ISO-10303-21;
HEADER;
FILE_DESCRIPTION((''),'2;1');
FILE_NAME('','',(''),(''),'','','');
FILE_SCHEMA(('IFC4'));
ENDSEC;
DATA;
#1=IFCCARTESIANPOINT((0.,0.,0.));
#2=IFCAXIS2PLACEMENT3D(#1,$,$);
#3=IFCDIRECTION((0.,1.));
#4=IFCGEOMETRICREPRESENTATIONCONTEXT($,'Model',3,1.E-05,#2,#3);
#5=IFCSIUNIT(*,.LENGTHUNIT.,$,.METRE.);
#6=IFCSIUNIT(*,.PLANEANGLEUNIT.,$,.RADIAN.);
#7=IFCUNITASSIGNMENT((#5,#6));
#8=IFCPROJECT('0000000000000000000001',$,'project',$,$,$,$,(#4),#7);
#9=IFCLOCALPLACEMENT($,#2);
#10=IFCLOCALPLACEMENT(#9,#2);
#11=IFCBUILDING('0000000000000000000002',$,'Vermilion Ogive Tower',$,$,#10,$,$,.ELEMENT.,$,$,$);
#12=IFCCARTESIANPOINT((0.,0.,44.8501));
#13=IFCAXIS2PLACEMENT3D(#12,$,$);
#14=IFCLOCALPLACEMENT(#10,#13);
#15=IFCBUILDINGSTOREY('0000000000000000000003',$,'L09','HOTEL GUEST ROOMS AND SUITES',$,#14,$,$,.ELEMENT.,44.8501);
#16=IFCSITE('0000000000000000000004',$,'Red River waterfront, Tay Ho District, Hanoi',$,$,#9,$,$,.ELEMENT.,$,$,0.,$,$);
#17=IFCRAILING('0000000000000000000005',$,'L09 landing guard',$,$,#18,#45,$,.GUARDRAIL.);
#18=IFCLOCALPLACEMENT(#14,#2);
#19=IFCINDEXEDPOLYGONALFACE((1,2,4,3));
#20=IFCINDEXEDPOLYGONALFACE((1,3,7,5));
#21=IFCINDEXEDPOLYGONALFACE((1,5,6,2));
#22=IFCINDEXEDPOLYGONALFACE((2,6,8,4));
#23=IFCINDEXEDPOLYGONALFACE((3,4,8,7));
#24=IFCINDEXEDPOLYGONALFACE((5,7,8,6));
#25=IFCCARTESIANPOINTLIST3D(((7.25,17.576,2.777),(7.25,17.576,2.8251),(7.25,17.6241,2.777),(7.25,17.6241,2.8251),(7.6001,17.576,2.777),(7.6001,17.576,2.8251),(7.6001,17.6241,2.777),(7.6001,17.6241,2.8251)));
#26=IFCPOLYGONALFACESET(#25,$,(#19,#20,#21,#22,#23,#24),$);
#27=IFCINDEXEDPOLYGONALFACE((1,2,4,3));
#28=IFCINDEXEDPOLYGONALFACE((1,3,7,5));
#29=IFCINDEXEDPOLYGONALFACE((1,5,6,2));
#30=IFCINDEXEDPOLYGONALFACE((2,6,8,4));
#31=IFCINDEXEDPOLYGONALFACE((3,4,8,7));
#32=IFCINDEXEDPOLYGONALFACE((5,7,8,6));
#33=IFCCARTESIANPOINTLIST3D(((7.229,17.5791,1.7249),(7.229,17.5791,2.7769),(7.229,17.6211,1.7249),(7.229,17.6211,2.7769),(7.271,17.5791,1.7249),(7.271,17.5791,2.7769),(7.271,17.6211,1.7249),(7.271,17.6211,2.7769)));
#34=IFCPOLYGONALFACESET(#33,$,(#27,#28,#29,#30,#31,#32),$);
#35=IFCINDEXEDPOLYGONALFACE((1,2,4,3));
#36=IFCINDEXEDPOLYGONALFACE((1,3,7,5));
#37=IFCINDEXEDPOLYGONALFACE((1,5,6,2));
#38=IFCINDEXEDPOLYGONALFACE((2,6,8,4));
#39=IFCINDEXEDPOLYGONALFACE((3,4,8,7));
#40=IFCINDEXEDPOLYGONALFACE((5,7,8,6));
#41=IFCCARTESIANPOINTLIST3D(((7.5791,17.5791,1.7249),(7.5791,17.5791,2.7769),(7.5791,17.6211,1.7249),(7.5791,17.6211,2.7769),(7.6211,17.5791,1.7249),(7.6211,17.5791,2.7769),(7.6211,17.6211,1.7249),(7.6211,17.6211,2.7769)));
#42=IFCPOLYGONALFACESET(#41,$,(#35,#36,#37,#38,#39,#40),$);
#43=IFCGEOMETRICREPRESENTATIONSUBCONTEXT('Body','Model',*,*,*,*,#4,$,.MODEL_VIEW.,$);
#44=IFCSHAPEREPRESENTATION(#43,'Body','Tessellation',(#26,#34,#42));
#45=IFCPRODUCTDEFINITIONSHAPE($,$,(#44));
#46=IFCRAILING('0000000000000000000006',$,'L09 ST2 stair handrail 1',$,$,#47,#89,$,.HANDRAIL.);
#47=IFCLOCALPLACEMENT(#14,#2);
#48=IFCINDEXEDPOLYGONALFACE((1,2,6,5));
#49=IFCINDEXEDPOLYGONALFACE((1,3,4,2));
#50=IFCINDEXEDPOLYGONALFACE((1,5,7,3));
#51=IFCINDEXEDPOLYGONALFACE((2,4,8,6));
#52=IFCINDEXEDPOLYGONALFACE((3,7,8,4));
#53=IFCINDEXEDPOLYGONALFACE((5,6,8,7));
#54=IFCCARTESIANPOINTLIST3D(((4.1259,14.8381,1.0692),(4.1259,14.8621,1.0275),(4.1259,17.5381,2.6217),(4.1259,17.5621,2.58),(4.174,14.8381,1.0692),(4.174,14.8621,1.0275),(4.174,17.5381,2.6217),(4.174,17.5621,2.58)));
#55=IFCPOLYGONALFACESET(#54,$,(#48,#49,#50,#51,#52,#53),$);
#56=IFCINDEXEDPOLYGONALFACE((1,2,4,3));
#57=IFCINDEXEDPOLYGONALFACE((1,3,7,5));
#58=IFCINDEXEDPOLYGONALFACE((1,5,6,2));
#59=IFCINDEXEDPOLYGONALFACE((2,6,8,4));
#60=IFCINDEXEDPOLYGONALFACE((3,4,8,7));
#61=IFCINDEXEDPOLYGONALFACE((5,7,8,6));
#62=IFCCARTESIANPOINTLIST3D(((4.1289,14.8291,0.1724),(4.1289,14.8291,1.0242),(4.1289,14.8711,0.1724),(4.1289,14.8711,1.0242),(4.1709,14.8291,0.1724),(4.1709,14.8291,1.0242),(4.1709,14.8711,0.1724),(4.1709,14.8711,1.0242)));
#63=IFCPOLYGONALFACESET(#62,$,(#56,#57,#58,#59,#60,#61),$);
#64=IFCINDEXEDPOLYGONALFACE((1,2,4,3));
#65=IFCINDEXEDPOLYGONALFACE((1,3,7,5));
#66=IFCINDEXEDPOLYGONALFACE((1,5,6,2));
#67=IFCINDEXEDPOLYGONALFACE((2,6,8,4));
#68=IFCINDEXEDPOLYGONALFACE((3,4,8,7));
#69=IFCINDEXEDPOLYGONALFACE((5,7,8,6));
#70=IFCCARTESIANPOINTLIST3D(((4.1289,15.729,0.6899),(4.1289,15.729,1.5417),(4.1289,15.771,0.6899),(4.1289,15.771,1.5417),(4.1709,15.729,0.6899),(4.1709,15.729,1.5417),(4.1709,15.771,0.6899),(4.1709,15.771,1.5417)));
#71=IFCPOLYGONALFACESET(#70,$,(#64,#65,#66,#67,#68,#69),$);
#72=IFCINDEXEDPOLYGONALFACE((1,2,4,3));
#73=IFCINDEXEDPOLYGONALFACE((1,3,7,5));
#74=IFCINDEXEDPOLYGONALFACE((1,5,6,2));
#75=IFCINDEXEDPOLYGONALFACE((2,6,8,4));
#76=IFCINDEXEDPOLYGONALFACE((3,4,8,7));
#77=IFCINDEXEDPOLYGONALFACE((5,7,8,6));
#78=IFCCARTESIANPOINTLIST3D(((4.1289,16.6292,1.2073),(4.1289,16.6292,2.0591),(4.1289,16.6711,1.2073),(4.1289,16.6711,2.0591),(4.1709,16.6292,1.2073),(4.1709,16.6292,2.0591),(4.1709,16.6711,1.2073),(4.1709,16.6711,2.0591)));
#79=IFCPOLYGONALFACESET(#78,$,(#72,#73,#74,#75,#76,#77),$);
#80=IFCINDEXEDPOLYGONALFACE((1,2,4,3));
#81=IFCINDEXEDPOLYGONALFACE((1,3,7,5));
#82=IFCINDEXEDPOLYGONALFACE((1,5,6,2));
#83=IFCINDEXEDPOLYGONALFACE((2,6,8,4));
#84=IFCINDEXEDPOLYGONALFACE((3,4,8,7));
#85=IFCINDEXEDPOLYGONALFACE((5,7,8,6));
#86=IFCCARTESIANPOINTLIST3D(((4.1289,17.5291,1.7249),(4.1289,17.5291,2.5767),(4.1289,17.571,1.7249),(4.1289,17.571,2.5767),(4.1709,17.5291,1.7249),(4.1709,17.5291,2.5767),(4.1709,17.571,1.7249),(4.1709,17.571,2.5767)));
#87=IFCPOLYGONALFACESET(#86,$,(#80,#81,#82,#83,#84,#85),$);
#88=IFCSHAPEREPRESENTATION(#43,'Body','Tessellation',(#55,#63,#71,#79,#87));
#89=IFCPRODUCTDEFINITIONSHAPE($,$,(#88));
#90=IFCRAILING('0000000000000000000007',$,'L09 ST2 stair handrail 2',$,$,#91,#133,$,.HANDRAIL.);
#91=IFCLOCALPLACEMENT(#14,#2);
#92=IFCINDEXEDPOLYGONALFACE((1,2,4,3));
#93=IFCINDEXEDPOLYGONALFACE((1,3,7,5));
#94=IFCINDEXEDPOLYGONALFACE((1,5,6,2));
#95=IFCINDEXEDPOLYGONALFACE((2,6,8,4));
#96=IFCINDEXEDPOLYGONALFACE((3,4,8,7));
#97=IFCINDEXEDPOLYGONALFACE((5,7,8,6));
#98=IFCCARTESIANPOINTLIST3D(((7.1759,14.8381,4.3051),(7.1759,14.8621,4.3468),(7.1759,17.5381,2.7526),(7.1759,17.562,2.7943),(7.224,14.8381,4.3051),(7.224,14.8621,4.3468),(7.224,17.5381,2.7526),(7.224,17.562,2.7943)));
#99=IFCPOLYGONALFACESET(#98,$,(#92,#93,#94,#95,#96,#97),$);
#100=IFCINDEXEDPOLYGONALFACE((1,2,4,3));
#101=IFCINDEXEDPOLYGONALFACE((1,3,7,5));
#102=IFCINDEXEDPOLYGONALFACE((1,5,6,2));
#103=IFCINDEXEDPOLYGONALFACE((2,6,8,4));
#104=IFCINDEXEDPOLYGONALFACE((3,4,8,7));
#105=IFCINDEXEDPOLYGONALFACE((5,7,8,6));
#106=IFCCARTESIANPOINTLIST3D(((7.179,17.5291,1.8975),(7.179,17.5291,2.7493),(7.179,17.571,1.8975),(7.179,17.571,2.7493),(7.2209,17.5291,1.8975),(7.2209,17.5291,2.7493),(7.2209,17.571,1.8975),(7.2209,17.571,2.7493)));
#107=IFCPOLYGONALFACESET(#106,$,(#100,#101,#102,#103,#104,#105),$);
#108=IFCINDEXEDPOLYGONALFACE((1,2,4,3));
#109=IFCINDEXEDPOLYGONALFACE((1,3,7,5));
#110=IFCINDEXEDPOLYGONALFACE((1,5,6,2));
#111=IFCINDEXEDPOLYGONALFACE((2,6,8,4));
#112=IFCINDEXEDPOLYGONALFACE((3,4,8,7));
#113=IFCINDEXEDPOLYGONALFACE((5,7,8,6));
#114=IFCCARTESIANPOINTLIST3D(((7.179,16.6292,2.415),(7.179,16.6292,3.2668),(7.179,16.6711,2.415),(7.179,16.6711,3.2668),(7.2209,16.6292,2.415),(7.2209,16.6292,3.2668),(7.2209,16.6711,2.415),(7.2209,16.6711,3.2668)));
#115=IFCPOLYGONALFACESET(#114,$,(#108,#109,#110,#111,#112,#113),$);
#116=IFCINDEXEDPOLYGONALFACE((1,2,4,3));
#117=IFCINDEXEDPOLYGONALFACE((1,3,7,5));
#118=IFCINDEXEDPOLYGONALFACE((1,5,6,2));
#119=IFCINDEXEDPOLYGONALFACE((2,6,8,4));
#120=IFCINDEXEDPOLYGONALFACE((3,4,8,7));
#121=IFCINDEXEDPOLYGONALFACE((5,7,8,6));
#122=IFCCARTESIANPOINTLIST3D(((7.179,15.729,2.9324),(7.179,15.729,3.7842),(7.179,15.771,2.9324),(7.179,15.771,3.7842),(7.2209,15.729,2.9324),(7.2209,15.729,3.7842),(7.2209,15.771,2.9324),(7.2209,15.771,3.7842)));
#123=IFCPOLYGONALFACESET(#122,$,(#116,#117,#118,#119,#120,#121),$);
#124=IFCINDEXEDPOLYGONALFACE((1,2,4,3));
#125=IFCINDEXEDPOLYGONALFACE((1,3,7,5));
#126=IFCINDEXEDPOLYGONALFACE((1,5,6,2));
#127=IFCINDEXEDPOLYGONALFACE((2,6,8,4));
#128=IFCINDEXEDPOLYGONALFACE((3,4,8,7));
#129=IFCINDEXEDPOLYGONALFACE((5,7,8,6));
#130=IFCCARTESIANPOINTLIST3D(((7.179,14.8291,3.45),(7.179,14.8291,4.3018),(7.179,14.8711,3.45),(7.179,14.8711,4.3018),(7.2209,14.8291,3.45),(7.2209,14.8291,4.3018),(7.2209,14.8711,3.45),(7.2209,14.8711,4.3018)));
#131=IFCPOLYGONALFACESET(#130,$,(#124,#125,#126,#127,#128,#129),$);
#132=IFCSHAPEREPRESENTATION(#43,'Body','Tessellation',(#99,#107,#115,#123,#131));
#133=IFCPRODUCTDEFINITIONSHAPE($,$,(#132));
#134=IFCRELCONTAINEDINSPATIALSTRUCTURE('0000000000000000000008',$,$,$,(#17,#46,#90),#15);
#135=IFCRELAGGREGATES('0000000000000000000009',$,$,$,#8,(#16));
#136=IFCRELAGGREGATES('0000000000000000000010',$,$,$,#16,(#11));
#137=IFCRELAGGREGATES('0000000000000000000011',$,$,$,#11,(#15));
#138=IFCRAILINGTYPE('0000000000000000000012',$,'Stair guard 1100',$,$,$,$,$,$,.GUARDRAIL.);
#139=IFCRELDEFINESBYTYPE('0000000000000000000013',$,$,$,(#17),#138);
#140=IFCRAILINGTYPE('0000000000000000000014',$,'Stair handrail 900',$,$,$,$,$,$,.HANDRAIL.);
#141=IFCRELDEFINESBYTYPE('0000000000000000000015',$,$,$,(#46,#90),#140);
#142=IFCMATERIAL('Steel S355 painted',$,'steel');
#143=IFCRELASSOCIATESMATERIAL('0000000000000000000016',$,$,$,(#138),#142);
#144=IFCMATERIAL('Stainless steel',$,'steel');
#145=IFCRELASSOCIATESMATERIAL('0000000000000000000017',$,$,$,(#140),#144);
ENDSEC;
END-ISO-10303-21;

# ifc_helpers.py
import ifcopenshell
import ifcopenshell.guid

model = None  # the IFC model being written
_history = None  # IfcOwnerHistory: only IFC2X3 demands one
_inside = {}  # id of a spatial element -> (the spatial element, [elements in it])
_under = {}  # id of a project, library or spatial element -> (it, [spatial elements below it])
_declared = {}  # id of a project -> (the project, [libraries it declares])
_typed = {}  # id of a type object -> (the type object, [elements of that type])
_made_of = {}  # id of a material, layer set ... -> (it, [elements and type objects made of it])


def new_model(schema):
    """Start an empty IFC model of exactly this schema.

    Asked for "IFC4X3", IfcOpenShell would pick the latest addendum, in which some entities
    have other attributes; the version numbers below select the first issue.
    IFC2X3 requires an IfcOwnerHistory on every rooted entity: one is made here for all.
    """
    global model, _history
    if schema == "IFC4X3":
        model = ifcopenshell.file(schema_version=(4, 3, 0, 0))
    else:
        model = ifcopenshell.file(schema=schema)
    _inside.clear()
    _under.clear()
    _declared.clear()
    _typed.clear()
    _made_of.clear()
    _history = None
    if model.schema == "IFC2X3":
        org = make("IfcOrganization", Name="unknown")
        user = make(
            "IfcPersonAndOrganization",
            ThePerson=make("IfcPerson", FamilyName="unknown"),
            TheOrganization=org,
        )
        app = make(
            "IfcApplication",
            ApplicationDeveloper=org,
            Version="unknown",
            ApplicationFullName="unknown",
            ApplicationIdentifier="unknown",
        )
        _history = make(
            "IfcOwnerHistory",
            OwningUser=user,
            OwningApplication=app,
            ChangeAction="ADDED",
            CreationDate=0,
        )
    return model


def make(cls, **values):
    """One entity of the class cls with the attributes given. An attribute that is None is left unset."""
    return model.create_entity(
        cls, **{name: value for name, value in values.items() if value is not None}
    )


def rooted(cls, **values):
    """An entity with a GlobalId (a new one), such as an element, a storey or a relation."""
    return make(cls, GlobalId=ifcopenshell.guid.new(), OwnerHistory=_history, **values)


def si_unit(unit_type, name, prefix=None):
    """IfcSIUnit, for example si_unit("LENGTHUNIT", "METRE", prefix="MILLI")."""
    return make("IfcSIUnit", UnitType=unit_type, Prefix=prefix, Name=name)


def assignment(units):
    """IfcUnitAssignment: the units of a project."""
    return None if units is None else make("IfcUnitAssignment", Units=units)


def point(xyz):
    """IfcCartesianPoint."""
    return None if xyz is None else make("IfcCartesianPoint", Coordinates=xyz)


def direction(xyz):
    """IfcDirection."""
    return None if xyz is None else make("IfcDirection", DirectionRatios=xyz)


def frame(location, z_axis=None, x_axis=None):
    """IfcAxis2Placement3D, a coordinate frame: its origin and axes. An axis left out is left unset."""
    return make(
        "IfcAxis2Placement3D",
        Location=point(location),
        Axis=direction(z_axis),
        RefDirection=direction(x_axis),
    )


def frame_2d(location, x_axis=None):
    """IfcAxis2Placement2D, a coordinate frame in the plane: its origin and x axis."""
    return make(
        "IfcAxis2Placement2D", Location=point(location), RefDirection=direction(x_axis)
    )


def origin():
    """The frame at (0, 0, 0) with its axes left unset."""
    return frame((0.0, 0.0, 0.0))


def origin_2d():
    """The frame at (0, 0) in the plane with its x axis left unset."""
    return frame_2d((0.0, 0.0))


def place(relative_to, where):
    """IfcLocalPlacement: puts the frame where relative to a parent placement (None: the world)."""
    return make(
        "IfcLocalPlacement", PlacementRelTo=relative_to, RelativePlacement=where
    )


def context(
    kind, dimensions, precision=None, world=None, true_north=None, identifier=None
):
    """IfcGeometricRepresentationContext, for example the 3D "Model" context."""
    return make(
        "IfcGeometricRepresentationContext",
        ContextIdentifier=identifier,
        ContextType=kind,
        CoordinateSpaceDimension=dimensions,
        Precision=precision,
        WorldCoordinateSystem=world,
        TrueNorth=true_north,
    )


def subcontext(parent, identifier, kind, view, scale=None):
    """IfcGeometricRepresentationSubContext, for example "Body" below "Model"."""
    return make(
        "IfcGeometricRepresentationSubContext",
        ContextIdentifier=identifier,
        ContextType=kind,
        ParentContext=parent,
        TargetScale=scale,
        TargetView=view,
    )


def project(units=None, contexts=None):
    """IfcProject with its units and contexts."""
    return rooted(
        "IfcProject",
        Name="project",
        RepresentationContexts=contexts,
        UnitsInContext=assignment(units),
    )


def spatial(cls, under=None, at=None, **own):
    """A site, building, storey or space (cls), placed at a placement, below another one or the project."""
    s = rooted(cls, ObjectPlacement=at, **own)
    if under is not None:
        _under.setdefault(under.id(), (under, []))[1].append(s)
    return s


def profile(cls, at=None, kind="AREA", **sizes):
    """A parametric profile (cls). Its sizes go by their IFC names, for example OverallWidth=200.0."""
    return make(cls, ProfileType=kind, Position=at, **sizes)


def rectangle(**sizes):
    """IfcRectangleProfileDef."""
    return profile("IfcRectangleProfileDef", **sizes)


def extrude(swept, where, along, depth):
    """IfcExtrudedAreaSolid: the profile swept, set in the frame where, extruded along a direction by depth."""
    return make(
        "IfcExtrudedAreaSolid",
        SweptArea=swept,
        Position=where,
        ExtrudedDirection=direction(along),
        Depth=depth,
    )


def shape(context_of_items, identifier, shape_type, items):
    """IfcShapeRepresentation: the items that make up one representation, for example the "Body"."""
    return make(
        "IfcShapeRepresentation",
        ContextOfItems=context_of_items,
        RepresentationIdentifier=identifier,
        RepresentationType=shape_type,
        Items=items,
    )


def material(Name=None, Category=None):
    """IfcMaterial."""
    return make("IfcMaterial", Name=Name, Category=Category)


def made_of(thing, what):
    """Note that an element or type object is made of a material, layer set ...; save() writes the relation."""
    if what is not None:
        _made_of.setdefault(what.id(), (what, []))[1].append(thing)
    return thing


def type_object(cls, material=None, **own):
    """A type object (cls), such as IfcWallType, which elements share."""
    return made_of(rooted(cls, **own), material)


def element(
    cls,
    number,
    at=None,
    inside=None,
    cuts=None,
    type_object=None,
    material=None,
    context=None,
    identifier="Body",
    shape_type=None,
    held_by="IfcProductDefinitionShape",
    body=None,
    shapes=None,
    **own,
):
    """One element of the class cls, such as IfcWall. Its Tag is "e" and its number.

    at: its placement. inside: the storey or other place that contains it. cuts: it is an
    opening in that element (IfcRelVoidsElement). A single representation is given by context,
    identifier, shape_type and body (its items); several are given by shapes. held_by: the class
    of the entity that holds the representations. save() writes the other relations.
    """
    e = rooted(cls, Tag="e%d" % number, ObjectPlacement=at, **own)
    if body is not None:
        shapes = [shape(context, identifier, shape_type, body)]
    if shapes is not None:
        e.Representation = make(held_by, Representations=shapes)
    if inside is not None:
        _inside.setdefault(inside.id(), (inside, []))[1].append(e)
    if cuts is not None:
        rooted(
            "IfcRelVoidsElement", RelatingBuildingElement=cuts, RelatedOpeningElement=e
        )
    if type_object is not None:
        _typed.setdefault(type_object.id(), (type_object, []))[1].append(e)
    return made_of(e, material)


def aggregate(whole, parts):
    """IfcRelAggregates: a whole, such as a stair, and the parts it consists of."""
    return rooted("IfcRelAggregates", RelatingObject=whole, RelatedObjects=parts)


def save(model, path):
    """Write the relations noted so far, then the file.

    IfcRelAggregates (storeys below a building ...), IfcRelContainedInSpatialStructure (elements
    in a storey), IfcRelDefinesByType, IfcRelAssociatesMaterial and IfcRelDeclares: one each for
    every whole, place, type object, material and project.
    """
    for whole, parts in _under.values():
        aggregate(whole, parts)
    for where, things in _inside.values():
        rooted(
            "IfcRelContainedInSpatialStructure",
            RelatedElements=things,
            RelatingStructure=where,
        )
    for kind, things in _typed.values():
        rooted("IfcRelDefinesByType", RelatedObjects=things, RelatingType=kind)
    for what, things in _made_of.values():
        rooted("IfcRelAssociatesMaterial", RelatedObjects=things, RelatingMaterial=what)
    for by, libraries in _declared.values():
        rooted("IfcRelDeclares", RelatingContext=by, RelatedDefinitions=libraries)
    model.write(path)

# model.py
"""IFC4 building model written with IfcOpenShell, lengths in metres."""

from ifc_helpers import new_model, si_unit, direction, frame, origin, origin_2d, place, context, subcontext, project, spatial, rectangle, extrude, material, type_object, element, save


model = new_model("IFC4")

# Units and contexts
model_context = context("Model", 3, precision=1e-05, world=origin(), true_north=direction((0.0, 1.0)))
body_context = subcontext(model_context, "Body", "Model", "MODEL_VIEW")
ifc_project = project(units=[si_unit("LENGTHUNIT", "METRE"), si_unit("PLANEANGLEUNIT", "RADIAN")], contexts=[model_context])

# Site, building, storey
site_placement = place(None, origin())
site = spatial("IfcSite", under=ifc_project, at=site_placement, Name="Red River waterfront, Tay Ho District, Hanoi", CompositionType="ELEMENT", RefElevation=0.0)
building_placement = place(site_placement, origin())
building = spatial("IfcBuilding", under=site, at=building_placement, Name="Vermilion Ogive Tower", CompositionType="ELEMENT")
storey_placement = place(building_placement, frame((0.0, 0.0, 44.8501)))
storey = spatial("IfcBuildingStorey", under=building, at=storey_placement, Name="L09", Description="HOTEL GUEST ROOMS AND SUITES", CompositionType="ELEMENT", Elevation=44.8501)

# Railings
ifc_material_1 = material(Name="Steel S355 painted", Category="steel")
railing_type_1 = type_object("IfcRailingType", Name="Stair guard 1100", PredefinedType="GUARDRAIL", material=ifc_material_1)
railing_1_placement = place(storey_placement, frame((7.25, 17.6001, 1.7249)))
element("IfcRailing", 1, at=railing_1_placement, inside=storey, type_object=railing_type_1, Name="L09 landing guard", PredefinedType="GUARDRAIL", context=body_context, shape_type="SweptSolid", body=[
    extrude(rectangle(XDim=0.0481, YDim=0.0481, at=origin_2d()), frame((0.0, 0.0, 1.0762), z_axis=(1.0, 0.0, 0.0), x_axis=(0.0, 1.0, 0.0)), (0.0, 0.0, 1.0), 0.3501),
    extrude(rectangle(XDim=0.042, YDim=0.042, at=origin_2d()), origin(), (0.0, 0.0, 1.0), 1.052),
    extrude(rectangle(XDim=0.042, YDim=0.042, at=origin_2d()), frame((0.3501, 0.0, 0.0)), (0.0, 0.0, 1.0), 1.052),
])
ifc_material_2 = material(Name="Stainless steel", Category="steel")
railing_type_2 = type_object("IfcRailingType", Name="Stair handrail 900", PredefinedType="HANDRAIL", material=ifc_material_2)
railing_2_placement = place(storey_placement, frame((4.1499, 14.8501, 0.1724)))
element("IfcRailing", 2, at=railing_2_placement, inside=storey, type_object=railing_type_2, Name="L09 ST2 stair handrail 1", PredefinedType="HANDRAIL", context=body_context, shape_type="SweptSolid", body=[
    extrude(rectangle(XDim=0.0481, YDim=0.0481, at=origin_2d()), frame((0.0, 0.0, 0.876), z_axis=(0.0, 0.866904, 0.498476), x_axis=(-1.0, 0.0, 0.0)), (0.0, 0.0, 1.0), 3.1145),
    extrude(rectangle(XDim=0.042, YDim=0.042, at=origin_2d()), origin(), (0.0, 0.0, 1.0), 0.8518),
    extrude(rectangle(XDim=0.042, YDim=0.042, at=origin_2d()), frame((0.0, 0.8999, 0.5176)), (0.0, 0.0, 1.0), 0.8518),
    extrude(rectangle(XDim=0.042, YDim=0.042, at=origin_2d()), frame((0.0, 1.8, 1.0349)), (0.0, 0.0, 1.0), 0.8518),
    extrude(rectangle(XDim=0.042, YDim=0.042, at=origin_2d()), frame((0.0, 2.7, 1.5525)), (0.0, 0.0, 1.0), 0.8518),
])
railing_3_placement = place(storey_placement, frame((7.2, 17.55, 1.8975)))
element("IfcRailing", 3, at=railing_3_placement, inside=storey, type_object=railing_type_2, Name="L09 ST2 stair handrail 2", PredefinedType="HANDRAIL", context=body_context, shape_type="SweptSolid", body=[
    extrude(rectangle(XDim=0.0481, YDim=0.0481, at=origin_2d()), frame((0.0, 0.0, 0.876), z_axis=(0.0, -0.866904, 0.498476), x_axis=(1.0, 0.0, 0.0)), (0.0, 0.0, 1.0), 3.1145),
    extrude(rectangle(XDim=0.042, YDim=0.042, at=origin_2d()), origin(), (0.0, 0.0, 1.0), 0.8518),
    extrude(rectangle(XDim=0.042, YDim=0.042, at=origin_2d()), frame((0.0, -0.8999, 0.5176)), (0.0, 0.0, 1.0), 0.8518),
    extrude(rectangle(XDim=0.042, YDim=0.042, at=origin_2d()), frame((0.0, -1.8, 1.0349)), (0.0, 0.0, 1.0), 0.8518),
    extrude(rectangle(XDim=0.042, YDim=0.042, at=origin_2d()), frame((0.0, -2.7, 1.5525)), (0.0, 0.0, 1.0), 0.8518),
])

save(model, "model.ifc")
